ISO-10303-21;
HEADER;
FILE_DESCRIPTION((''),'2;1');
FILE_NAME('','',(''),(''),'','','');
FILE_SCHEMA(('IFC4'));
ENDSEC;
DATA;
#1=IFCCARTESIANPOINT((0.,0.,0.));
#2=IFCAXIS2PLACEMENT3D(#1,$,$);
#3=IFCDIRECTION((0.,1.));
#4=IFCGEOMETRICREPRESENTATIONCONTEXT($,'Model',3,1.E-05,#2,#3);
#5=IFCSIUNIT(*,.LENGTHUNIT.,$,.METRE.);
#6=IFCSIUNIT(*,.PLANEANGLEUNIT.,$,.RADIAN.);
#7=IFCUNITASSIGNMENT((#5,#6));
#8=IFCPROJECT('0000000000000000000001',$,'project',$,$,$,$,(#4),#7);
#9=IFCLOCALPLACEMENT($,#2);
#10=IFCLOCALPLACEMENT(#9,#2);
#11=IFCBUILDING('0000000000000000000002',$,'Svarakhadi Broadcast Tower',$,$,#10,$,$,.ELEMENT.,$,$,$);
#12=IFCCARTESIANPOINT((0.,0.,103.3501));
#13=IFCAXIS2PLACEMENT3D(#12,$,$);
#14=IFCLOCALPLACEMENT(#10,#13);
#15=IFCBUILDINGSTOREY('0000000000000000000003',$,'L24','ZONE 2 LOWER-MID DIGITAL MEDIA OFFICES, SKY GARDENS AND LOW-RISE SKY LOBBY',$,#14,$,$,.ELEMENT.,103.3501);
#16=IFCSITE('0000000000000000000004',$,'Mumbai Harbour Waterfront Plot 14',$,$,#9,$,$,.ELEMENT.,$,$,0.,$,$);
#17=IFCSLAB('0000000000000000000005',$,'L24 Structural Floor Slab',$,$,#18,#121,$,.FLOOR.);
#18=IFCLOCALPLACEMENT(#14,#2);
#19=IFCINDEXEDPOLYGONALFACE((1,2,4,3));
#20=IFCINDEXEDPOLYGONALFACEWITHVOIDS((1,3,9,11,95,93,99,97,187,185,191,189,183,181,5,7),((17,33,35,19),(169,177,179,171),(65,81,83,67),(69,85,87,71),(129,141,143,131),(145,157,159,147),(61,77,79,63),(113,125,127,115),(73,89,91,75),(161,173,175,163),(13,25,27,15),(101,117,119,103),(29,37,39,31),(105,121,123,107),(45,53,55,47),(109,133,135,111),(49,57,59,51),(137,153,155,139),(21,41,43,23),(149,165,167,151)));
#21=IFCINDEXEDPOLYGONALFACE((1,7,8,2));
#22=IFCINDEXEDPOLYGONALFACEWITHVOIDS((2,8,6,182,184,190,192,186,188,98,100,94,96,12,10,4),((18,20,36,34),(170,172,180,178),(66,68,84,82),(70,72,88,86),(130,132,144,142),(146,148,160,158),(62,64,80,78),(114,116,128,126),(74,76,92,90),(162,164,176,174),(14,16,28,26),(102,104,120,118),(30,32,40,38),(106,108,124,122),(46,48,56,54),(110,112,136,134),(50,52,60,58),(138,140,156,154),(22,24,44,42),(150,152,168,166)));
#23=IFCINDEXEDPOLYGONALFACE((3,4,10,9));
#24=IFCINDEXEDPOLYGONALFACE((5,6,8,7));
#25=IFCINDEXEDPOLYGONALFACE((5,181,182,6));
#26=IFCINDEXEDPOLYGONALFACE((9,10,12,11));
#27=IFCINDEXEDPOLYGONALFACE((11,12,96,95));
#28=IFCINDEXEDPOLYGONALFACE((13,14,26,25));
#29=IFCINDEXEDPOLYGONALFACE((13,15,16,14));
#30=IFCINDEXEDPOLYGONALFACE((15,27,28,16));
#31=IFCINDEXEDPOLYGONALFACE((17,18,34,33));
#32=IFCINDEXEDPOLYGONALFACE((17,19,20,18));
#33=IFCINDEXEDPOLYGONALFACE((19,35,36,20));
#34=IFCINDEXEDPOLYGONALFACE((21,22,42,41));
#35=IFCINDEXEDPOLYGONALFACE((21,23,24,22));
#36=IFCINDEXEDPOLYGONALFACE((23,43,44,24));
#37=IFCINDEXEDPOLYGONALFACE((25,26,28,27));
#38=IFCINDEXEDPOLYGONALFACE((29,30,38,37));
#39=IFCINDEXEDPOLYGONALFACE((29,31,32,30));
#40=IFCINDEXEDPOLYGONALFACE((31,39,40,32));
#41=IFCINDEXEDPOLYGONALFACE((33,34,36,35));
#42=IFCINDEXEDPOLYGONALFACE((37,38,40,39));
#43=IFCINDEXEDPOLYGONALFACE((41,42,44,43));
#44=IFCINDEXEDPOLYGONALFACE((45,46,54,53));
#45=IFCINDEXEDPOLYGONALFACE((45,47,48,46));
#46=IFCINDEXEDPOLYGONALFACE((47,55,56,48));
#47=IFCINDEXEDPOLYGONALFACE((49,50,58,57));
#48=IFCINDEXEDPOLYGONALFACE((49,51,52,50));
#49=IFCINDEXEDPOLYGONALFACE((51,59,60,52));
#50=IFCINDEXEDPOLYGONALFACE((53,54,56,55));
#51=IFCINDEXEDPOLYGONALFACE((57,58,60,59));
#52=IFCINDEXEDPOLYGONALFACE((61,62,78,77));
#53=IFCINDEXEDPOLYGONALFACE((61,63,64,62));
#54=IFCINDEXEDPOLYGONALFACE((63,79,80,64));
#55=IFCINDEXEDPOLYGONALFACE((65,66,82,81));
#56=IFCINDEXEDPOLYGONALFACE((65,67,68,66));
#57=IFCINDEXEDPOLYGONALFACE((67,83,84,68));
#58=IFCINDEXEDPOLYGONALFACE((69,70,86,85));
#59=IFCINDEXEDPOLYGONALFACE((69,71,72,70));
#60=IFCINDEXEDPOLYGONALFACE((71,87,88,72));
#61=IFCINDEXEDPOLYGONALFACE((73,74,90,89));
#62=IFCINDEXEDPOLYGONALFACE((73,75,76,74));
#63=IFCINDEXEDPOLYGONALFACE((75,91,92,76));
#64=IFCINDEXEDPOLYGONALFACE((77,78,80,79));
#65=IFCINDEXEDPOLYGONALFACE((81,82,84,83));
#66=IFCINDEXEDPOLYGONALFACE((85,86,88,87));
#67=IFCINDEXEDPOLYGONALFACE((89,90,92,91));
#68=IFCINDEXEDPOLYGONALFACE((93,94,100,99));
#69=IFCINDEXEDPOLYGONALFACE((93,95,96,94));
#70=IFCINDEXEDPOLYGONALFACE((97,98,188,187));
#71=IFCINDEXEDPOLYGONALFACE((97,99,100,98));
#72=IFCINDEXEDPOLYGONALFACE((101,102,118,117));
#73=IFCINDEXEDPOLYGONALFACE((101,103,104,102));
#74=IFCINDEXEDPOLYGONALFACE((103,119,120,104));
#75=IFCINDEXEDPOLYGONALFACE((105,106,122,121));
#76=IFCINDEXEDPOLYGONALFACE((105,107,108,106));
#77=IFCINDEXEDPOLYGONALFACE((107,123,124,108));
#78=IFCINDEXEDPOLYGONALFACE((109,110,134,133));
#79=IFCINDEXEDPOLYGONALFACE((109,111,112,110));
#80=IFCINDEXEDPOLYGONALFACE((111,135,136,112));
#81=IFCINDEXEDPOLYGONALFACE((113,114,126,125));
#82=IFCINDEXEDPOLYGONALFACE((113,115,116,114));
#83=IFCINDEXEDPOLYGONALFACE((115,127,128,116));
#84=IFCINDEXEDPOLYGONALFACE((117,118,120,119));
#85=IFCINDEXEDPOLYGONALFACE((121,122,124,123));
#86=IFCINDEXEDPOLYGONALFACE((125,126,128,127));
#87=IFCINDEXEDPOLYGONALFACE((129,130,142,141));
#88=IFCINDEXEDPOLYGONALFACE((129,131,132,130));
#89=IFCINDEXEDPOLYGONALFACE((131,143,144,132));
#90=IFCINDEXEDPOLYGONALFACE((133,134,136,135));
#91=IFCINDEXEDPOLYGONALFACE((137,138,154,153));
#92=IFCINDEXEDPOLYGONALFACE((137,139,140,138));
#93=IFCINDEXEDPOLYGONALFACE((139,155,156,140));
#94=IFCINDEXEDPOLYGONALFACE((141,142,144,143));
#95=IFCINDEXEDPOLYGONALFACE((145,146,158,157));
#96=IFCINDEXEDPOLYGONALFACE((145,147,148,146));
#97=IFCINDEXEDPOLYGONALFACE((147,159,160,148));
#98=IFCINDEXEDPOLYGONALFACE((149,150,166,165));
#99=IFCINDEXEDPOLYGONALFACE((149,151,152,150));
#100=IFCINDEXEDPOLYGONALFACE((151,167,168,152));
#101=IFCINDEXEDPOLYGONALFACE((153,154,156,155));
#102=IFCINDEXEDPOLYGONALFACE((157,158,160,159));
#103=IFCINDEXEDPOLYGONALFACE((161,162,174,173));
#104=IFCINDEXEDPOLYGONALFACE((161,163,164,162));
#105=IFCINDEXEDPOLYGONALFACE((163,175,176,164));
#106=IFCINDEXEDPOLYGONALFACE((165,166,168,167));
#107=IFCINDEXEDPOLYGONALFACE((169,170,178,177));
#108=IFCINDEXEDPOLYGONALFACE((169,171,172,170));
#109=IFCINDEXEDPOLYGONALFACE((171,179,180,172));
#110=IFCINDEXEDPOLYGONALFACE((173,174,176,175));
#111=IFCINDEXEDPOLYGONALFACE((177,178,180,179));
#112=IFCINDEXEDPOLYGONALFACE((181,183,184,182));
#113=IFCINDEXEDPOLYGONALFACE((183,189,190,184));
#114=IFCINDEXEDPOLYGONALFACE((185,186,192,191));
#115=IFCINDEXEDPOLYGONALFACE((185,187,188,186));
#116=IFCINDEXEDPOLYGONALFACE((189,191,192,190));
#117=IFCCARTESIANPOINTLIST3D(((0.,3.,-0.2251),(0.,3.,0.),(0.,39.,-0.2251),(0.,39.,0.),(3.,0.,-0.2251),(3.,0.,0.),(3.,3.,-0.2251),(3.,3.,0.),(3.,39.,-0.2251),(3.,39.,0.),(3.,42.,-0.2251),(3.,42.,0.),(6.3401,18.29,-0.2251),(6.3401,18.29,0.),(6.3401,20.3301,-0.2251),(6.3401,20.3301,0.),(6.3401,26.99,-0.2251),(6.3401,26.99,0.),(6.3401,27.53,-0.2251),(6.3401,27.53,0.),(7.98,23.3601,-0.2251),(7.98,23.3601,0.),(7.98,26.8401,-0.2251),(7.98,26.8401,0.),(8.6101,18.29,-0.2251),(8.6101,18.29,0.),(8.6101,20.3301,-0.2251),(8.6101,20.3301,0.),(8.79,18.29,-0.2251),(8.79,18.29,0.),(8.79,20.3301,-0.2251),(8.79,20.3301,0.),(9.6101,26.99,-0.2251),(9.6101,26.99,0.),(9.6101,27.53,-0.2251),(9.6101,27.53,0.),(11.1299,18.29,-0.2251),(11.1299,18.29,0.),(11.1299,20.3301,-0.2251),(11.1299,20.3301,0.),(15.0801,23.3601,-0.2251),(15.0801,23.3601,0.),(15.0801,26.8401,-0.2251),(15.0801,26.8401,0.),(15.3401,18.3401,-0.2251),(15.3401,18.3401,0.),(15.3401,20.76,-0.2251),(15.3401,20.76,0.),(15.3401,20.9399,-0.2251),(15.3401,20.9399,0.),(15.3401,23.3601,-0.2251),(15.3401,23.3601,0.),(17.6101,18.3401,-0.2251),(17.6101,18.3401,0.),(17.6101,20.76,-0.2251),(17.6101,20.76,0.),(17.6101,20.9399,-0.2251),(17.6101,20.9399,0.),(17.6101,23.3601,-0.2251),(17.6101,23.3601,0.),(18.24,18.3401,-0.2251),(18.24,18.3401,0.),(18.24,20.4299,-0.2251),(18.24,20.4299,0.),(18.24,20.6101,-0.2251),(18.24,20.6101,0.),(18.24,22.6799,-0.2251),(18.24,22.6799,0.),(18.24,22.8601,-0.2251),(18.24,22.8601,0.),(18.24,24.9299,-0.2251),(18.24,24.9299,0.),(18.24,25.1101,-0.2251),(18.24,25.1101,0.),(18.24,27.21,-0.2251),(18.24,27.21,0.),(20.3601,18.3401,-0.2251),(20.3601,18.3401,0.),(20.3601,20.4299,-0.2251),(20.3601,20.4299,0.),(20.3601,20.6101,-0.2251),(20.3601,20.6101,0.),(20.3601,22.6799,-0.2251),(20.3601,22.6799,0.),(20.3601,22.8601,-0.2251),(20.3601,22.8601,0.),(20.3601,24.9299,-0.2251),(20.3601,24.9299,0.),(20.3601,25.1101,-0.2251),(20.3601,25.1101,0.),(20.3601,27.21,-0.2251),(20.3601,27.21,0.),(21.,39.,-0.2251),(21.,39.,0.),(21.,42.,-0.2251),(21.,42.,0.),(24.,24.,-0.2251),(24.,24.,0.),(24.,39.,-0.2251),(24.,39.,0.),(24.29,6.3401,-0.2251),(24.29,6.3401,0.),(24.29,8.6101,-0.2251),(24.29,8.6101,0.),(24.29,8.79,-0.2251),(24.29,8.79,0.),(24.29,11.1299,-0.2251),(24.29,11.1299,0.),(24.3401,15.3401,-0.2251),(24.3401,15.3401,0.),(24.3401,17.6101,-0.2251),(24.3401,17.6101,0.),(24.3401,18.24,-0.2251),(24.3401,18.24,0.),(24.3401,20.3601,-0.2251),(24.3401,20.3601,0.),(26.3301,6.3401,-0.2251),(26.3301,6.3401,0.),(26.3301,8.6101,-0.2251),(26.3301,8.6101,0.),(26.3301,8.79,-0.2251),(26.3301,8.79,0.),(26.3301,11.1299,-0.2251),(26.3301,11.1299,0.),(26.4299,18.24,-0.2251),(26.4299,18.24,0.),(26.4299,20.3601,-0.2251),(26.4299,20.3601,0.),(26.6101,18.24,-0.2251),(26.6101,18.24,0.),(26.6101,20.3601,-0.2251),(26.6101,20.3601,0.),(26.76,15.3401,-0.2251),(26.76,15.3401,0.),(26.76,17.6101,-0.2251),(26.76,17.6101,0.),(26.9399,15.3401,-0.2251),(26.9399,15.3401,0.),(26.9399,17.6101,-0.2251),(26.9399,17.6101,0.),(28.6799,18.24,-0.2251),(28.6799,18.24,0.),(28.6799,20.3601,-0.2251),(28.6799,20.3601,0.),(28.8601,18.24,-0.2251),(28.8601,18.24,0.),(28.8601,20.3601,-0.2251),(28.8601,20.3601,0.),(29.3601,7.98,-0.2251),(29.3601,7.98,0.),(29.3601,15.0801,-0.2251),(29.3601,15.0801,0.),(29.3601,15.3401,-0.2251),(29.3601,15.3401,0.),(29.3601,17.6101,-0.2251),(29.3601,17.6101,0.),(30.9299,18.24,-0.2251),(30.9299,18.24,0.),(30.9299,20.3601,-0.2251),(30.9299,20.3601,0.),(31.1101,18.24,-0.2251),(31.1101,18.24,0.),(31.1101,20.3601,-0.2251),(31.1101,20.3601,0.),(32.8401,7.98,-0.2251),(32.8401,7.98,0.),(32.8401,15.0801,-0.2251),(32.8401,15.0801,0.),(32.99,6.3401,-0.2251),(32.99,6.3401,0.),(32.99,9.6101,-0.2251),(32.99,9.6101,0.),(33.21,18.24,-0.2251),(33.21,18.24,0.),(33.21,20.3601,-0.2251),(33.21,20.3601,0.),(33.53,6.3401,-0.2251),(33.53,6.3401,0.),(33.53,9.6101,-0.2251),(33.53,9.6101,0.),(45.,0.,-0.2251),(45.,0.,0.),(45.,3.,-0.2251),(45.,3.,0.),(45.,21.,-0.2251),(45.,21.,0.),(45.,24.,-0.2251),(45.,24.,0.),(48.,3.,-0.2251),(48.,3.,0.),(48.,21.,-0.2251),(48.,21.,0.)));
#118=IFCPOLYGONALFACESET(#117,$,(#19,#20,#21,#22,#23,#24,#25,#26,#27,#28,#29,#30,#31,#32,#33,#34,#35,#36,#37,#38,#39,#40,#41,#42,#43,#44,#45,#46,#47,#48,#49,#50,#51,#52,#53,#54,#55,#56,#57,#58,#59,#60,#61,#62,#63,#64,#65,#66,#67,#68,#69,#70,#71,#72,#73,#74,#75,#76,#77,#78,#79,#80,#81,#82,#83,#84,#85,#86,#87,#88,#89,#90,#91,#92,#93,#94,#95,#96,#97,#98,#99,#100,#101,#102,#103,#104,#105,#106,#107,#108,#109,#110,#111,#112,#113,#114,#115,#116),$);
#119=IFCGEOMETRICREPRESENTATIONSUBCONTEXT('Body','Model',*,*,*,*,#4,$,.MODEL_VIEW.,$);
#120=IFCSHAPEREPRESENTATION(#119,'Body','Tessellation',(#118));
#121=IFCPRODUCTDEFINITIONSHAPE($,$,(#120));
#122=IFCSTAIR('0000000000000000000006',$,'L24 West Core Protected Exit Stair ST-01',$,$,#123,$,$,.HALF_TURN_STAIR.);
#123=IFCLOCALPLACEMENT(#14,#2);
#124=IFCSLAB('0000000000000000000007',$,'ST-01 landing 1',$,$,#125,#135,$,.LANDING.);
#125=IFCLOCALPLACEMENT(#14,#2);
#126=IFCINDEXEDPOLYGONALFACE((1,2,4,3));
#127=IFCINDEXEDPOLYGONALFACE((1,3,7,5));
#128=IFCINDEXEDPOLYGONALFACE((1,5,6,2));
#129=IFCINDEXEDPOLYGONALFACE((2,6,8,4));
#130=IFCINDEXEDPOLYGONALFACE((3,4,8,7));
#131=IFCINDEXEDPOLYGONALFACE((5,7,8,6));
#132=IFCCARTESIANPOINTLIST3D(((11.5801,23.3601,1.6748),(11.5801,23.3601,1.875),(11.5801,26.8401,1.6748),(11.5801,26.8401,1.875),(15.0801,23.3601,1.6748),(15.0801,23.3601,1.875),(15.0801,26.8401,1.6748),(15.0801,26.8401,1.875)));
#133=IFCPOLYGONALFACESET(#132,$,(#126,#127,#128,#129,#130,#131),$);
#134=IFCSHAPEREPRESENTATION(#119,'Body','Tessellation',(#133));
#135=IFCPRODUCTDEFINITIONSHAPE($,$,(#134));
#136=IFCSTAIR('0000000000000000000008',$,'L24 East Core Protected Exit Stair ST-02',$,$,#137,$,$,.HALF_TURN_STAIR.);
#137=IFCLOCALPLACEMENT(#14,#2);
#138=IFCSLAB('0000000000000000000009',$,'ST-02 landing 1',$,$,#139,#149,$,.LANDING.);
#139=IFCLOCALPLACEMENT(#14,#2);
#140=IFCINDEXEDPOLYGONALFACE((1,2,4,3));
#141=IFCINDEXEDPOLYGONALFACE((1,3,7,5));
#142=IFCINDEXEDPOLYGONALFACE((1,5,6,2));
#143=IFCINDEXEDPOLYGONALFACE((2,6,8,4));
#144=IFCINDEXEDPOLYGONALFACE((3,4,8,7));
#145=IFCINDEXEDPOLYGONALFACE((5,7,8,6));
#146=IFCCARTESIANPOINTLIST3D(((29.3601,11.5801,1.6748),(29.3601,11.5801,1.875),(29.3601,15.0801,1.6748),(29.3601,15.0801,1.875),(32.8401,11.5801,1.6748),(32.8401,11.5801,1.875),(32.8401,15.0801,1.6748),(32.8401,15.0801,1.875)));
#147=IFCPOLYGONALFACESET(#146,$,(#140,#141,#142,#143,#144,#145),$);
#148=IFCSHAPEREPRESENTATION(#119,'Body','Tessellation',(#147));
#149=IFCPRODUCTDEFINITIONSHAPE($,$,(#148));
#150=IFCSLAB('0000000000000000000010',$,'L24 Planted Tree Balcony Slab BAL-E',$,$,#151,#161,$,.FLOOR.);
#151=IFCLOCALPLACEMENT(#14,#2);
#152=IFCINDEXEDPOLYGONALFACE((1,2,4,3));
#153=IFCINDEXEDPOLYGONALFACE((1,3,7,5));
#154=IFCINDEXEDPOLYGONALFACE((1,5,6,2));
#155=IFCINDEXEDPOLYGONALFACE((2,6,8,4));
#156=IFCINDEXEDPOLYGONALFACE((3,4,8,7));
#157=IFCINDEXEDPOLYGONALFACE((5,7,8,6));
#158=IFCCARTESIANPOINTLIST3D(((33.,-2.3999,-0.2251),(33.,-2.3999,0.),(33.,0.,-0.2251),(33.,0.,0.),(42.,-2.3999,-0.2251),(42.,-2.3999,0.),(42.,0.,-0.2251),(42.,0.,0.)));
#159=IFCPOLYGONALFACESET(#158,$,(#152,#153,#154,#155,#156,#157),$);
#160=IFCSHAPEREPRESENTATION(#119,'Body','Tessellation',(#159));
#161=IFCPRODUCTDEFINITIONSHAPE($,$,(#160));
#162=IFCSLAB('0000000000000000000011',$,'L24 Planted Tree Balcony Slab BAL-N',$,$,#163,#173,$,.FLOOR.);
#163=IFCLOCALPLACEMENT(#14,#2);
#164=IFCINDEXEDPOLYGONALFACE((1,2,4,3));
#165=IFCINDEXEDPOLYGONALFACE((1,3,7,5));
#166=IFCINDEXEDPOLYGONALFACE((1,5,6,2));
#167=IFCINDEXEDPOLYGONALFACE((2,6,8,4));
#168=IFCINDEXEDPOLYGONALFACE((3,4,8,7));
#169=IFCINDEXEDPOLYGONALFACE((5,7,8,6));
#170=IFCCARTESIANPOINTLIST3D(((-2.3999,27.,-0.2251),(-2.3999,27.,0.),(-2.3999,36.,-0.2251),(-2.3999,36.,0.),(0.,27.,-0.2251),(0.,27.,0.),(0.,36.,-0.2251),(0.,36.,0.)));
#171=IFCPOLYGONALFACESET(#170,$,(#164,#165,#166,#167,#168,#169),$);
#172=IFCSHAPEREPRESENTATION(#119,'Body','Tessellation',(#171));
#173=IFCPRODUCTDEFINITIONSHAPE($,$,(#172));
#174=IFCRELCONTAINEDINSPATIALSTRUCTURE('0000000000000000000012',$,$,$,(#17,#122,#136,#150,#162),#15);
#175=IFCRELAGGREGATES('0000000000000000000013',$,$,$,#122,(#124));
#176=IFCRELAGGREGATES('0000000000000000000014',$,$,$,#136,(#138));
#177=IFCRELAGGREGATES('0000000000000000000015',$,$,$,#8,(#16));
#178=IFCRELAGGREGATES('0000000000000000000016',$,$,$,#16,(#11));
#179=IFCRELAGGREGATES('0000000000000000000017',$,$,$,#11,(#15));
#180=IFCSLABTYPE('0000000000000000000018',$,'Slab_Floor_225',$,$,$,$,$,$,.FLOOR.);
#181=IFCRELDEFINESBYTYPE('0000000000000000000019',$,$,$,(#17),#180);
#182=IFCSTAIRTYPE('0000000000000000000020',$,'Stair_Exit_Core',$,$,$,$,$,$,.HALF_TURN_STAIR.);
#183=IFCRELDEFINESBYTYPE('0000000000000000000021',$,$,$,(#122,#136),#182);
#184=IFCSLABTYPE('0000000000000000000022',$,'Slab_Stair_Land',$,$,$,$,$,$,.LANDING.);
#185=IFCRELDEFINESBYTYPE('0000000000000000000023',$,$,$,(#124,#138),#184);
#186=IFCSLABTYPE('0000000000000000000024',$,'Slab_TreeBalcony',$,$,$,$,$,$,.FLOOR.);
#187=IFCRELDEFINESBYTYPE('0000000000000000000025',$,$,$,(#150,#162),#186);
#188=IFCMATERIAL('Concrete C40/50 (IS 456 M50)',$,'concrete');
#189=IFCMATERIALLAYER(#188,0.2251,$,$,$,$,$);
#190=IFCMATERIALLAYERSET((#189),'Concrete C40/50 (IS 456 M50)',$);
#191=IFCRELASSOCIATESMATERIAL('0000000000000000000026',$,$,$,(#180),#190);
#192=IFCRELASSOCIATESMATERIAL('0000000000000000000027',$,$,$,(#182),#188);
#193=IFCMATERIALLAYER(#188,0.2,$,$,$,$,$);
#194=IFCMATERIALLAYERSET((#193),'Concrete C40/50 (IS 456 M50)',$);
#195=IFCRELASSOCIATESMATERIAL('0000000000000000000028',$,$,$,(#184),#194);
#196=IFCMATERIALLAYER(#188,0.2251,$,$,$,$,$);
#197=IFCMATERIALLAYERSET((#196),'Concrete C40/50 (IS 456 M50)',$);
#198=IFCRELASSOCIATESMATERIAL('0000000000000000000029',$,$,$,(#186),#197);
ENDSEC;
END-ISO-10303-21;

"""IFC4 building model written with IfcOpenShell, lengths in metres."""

from ifc_helpers import new_model, si_unit, direction, frame, origin, place, context, subcontext, project, spatial, polyline, outline, extrude, material, layer, layer_set, type_object, element, aggregate, save


model = new_model("IFC4")

# Units and contexts
model_context = context("Model", 3, precision=1e-05, world=origin(), true_north=direction((0.0, 1.0)))
body_context = subcontext(model_context, "Body", "Model", "MODEL_VIEW")
ifc_project = project(units=[si_unit("LENGTHUNIT", "METRE"), si_unit("PLANEANGLEUNIT", "RADIAN")], contexts=[model_context])

# Site, building, storey
site_placement = place(None, origin())
site = spatial("IfcSite", under=ifc_project, at=site_placement, Name="Mumbai Harbour Waterfront Plot 14", CompositionType="ELEMENT", RefElevation=0.0)
building_placement = place(site_placement, origin())
building = spatial("IfcBuilding", under=site, at=building_placement, Name="Svarakhadi Broadcast Tower", CompositionType="ELEMENT")
storey_placement = place(building_placement, frame((0.0, 0.0, 103.3501)))
storey = spatial("IfcBuildingStorey", under=building, at=storey_placement, Name="L24", Description="ZONE 2 LOWER-MID DIGITAL MEDIA OFFICES, SKY GARDENS AND LOW-RISE SKY LOBBY", CompositionType="ELEMENT", Elevation=103.3501)

# Slab
ifc_material_1 = material(Name="Concrete C40/50 (IS 456 M50)", Category="concrete")
ifc_layer_1 = layer(ifc_material_1, 0.2251)
ifc_layer_set_1 = layer_set([ifc_layer_1], Name="Concrete C40/50 (IS 456 M50)")
slab_type_1 = type_object("IfcSlabType", Name="Slab_Floor_225", PredefinedType="FLOOR", material=ifc_layer_set_1)
slab_1_placement = place(storey_placement, frame((0.0, 0.0, -0.2251)))
element("IfcSlab", 1, at=slab_1_placement, inside=storey, type_object=slab_type_1, Name="L24 Structural Floor Slab", PredefinedType="FLOOR", context=body_context, shape_type="SweptSolid", body=[
    extrude(outline(polyline([(3.0, 0.0), (45.0, 0.0), (45.0, 3.0), (48.0, 3.0), (48.0, 21.0), (45.0, 21.0), (45.0, 24.0), (24.0, 24.0), (24.0, 39.0), (21.0, 39.0), (21.0, 42.0), (3.0, 42.0), (3.0, 39.0), (0.0, 39.0), (0.0, 3.0), (3.0, 3.0), (3.0, 0.0)]), holes=[polyline([(7.98, 23.3601), (15.0801, 23.3601), (15.0801, 26.8401), (7.98, 26.8401), (7.98, 23.3601)]), polyline([(32.8401, 7.98), (32.8401, 15.0801), (29.3601, 15.0801), (29.3601, 7.98), (32.8401, 7.98)]), polyline([(6.3401, 18.29), (8.6101, 18.29), (8.6101, 20.3301), (6.3401, 20.3301), (6.3401, 18.29)]), polyline([(8.79, 18.29), (11.1299, 18.29), (11.1299, 20.3301), (8.79, 20.3301), (8.79, 18.29)]), polyline([(24.29, 6.3401), (26.3301, 6.3401), (26.3301, 8.6101), (24.29, 8.6101), (24.29, 6.3401)]), polyline([(24.29, 8.79), (26.3301, 8.79), (26.3301, 11.1299), (24.29, 11.1299), (24.29, 8.79)]), polyline([(6.3401, 26.99), (9.6101, 26.99), (9.6101, 27.53), (6.3401, 27.53), (6.3401, 26.99)]), polyline([(32.99, 6.3401), (33.53, 6.3401), (33.53, 9.6101), (32.99, 9.6101), (32.99, 6.3401)]), polyline([(15.3401, 18.3401), (17.6101, 18.3401), (17.6101, 20.76), (15.3401, 20.76), (15.3401, 18.3401)]), polyline([(15.3401, 20.9399), (17.6101, 20.9399), (17.6101, 23.3601), (15.3401, 23.3601), (15.3401, 20.9399)]), polyline([(24.3401, 15.3401), (26.76, 15.3401), (26.76, 17.6101), (24.3401, 17.6101), (24.3401, 15.3401)]), polyline([(26.9399, 15.3401), (29.3601, 15.3401), (29.3601, 17.6101), (26.9399, 17.6101), (26.9399, 15.3401)]), polyline([(18.24, 18.3401), (20.3601, 18.3401), (20.3601, 20.4299), (18.24, 20.4299), (18.24, 18.3401)]), polyline([(18.24, 20.6101), (20.3601, 20.6101), (20.3601, 22.6799), (18.24, 22.6799), (18.24, 20.6101)]), polyline([(18.24, 22.8601), (20.3601, 22.8601), (20.3601, 24.9299), (18.24, 24.9299), (18.24, 22.8601)]), polyline([(18.24, 25.1101), (20.3601, 25.1101), (20.3601, 27.21), (18.24, 27.21), (18.24, 25.1101)]), polyline([(24.3401, 18.24), (26.4299, 18.24), (26.4299, 20.3601), (24.3401, 20.3601), (24.3401, 18.24)]), polyline([(26.6101, 18.24), (28.6799, 18.24), (28.6799, 20.3601), (26.6101, 20.3601), (26.6101, 18.24)]), polyline([(28.8601, 18.24), (30.9299, 18.24), (30.9299, 20.3601), (28.8601, 20.3601), (28.8601, 18.24)]), polyline([(31.1101, 18.24), (33.21, 18.24), (33.21, 20.3601), (31.1101, 20.3601), (31.1101, 18.24)])]), origin(), (0.0, 0.0, 1.0), 0.2251),
])

# Stairs, slabs
stair_type = type_object("IfcStairType", Name="Stair_Exit_Core", PredefinedType="HALF_TURN_STAIR", material=ifc_material_1)
stair_1_placement = place(storey_placement, origin())
stair_1 = element("IfcStair", 2, at=stair_1_placement, inside=storey, type_object=stair_type, Name="L24 West Core Protected Exit Stair ST-01", PredefinedType="HALF_TURN_STAIR")
ifc_layer_2 = layer(ifc_material_1, 0.2)
ifc_layer_set_2 = layer_set([ifc_layer_2], Name="Concrete C40/50 (IS 456 M50)")
slab_type_2 = type_object("IfcSlabType", Name="Slab_Stair_Land", PredefinedType="LANDING", material=ifc_layer_set_2)
slab_2_placement = place(storey_placement, frame((0.0, 0.0, 1.6748)))
slab_2 = element("IfcSlab", 3, at=slab_2_placement, type_object=slab_type_2, Name="ST-01 landing 1", PredefinedType="LANDING", context=body_context, shape_type="SweptSolid", body=[
    extrude(outline(polyline([(11.5801, 23.3601), (15.0801, 23.3601), (15.0801, 26.8401), (11.5801, 26.8401), (11.5801, 23.3601)])), origin(), (0.0, 0.0, 1.0), 0.2002),
])
aggregate(stair_1, [slab_2])
stair_2_placement = place(storey_placement, origin())
stair_2 = element("IfcStair", 4, at=stair_2_placement, inside=storey, type_object=stair_type, Name="L24 East Core Protected Exit Stair ST-02", PredefinedType="HALF_TURN_STAIR")
slab_3_placement = place(storey_placement, frame((0.0, 0.0, 1.6748)))
slab_3 = element("IfcSlab", 5, at=slab_3_placement, type_object=slab_type_2, Name="ST-02 landing 1", PredefinedType="LANDING", context=body_context, shape_type="SweptSolid", body=[
    extrude(outline(polyline([(32.8401, 11.5801), (32.8401, 15.0801), (29.3601, 15.0801), (29.3601, 11.5801), (32.8401, 11.5801)])), origin(), (0.0, 0.0, 1.0), 0.2002),
])
aggregate(stair_2, [slab_3])

# Slabs
ifc_layer_3 = layer(ifc_material_1, 0.2251)
ifc_layer_set_3 = layer_set([ifc_layer_3], Name="Concrete C40/50 (IS 456 M50)")
slab_type_3 = type_object("IfcSlabType", Name="Slab_TreeBalcony", PredefinedType="FLOOR", material=ifc_layer_set_3)
slab_4_placement = place(storey_placement, frame((0.0, 0.0, -0.2251)))
element("IfcSlab", 6, at=slab_4_placement, inside=storey, type_object=slab_type_3, Name="L24 Planted Tree Balcony Slab BAL-E", PredefinedType="FLOOR", context=body_context, shape_type="SweptSolid", body=[
    extrude(outline(polyline([(33.0, -2.3999), (42.0, -2.3999), (42.0, 0.0), (33.0, 0.0), (33.0, -2.3999)])), origin(), (0.0, 0.0, 1.0), 0.2251),
])
slab_5_placement = place(storey_placement, frame((0.0, 0.0, -0.2251)))
element("IfcSlab", 7, at=slab_5_placement, inside=storey, type_object=slab_type_3, Name="L24 Planted Tree Balcony Slab BAL-N", PredefinedType="FLOOR", context=body_context, shape_type="SweptSolid", body=[
    extrude(outline(polyline([(-2.3999, 27.0), (0.0, 27.0), (0.0, 36.0), (-2.3999, 36.0), (-2.3999, 27.0)])), origin(), (0.0, 0.0, 1.0), 0.2251),
])

save(model, "model.ifc")
